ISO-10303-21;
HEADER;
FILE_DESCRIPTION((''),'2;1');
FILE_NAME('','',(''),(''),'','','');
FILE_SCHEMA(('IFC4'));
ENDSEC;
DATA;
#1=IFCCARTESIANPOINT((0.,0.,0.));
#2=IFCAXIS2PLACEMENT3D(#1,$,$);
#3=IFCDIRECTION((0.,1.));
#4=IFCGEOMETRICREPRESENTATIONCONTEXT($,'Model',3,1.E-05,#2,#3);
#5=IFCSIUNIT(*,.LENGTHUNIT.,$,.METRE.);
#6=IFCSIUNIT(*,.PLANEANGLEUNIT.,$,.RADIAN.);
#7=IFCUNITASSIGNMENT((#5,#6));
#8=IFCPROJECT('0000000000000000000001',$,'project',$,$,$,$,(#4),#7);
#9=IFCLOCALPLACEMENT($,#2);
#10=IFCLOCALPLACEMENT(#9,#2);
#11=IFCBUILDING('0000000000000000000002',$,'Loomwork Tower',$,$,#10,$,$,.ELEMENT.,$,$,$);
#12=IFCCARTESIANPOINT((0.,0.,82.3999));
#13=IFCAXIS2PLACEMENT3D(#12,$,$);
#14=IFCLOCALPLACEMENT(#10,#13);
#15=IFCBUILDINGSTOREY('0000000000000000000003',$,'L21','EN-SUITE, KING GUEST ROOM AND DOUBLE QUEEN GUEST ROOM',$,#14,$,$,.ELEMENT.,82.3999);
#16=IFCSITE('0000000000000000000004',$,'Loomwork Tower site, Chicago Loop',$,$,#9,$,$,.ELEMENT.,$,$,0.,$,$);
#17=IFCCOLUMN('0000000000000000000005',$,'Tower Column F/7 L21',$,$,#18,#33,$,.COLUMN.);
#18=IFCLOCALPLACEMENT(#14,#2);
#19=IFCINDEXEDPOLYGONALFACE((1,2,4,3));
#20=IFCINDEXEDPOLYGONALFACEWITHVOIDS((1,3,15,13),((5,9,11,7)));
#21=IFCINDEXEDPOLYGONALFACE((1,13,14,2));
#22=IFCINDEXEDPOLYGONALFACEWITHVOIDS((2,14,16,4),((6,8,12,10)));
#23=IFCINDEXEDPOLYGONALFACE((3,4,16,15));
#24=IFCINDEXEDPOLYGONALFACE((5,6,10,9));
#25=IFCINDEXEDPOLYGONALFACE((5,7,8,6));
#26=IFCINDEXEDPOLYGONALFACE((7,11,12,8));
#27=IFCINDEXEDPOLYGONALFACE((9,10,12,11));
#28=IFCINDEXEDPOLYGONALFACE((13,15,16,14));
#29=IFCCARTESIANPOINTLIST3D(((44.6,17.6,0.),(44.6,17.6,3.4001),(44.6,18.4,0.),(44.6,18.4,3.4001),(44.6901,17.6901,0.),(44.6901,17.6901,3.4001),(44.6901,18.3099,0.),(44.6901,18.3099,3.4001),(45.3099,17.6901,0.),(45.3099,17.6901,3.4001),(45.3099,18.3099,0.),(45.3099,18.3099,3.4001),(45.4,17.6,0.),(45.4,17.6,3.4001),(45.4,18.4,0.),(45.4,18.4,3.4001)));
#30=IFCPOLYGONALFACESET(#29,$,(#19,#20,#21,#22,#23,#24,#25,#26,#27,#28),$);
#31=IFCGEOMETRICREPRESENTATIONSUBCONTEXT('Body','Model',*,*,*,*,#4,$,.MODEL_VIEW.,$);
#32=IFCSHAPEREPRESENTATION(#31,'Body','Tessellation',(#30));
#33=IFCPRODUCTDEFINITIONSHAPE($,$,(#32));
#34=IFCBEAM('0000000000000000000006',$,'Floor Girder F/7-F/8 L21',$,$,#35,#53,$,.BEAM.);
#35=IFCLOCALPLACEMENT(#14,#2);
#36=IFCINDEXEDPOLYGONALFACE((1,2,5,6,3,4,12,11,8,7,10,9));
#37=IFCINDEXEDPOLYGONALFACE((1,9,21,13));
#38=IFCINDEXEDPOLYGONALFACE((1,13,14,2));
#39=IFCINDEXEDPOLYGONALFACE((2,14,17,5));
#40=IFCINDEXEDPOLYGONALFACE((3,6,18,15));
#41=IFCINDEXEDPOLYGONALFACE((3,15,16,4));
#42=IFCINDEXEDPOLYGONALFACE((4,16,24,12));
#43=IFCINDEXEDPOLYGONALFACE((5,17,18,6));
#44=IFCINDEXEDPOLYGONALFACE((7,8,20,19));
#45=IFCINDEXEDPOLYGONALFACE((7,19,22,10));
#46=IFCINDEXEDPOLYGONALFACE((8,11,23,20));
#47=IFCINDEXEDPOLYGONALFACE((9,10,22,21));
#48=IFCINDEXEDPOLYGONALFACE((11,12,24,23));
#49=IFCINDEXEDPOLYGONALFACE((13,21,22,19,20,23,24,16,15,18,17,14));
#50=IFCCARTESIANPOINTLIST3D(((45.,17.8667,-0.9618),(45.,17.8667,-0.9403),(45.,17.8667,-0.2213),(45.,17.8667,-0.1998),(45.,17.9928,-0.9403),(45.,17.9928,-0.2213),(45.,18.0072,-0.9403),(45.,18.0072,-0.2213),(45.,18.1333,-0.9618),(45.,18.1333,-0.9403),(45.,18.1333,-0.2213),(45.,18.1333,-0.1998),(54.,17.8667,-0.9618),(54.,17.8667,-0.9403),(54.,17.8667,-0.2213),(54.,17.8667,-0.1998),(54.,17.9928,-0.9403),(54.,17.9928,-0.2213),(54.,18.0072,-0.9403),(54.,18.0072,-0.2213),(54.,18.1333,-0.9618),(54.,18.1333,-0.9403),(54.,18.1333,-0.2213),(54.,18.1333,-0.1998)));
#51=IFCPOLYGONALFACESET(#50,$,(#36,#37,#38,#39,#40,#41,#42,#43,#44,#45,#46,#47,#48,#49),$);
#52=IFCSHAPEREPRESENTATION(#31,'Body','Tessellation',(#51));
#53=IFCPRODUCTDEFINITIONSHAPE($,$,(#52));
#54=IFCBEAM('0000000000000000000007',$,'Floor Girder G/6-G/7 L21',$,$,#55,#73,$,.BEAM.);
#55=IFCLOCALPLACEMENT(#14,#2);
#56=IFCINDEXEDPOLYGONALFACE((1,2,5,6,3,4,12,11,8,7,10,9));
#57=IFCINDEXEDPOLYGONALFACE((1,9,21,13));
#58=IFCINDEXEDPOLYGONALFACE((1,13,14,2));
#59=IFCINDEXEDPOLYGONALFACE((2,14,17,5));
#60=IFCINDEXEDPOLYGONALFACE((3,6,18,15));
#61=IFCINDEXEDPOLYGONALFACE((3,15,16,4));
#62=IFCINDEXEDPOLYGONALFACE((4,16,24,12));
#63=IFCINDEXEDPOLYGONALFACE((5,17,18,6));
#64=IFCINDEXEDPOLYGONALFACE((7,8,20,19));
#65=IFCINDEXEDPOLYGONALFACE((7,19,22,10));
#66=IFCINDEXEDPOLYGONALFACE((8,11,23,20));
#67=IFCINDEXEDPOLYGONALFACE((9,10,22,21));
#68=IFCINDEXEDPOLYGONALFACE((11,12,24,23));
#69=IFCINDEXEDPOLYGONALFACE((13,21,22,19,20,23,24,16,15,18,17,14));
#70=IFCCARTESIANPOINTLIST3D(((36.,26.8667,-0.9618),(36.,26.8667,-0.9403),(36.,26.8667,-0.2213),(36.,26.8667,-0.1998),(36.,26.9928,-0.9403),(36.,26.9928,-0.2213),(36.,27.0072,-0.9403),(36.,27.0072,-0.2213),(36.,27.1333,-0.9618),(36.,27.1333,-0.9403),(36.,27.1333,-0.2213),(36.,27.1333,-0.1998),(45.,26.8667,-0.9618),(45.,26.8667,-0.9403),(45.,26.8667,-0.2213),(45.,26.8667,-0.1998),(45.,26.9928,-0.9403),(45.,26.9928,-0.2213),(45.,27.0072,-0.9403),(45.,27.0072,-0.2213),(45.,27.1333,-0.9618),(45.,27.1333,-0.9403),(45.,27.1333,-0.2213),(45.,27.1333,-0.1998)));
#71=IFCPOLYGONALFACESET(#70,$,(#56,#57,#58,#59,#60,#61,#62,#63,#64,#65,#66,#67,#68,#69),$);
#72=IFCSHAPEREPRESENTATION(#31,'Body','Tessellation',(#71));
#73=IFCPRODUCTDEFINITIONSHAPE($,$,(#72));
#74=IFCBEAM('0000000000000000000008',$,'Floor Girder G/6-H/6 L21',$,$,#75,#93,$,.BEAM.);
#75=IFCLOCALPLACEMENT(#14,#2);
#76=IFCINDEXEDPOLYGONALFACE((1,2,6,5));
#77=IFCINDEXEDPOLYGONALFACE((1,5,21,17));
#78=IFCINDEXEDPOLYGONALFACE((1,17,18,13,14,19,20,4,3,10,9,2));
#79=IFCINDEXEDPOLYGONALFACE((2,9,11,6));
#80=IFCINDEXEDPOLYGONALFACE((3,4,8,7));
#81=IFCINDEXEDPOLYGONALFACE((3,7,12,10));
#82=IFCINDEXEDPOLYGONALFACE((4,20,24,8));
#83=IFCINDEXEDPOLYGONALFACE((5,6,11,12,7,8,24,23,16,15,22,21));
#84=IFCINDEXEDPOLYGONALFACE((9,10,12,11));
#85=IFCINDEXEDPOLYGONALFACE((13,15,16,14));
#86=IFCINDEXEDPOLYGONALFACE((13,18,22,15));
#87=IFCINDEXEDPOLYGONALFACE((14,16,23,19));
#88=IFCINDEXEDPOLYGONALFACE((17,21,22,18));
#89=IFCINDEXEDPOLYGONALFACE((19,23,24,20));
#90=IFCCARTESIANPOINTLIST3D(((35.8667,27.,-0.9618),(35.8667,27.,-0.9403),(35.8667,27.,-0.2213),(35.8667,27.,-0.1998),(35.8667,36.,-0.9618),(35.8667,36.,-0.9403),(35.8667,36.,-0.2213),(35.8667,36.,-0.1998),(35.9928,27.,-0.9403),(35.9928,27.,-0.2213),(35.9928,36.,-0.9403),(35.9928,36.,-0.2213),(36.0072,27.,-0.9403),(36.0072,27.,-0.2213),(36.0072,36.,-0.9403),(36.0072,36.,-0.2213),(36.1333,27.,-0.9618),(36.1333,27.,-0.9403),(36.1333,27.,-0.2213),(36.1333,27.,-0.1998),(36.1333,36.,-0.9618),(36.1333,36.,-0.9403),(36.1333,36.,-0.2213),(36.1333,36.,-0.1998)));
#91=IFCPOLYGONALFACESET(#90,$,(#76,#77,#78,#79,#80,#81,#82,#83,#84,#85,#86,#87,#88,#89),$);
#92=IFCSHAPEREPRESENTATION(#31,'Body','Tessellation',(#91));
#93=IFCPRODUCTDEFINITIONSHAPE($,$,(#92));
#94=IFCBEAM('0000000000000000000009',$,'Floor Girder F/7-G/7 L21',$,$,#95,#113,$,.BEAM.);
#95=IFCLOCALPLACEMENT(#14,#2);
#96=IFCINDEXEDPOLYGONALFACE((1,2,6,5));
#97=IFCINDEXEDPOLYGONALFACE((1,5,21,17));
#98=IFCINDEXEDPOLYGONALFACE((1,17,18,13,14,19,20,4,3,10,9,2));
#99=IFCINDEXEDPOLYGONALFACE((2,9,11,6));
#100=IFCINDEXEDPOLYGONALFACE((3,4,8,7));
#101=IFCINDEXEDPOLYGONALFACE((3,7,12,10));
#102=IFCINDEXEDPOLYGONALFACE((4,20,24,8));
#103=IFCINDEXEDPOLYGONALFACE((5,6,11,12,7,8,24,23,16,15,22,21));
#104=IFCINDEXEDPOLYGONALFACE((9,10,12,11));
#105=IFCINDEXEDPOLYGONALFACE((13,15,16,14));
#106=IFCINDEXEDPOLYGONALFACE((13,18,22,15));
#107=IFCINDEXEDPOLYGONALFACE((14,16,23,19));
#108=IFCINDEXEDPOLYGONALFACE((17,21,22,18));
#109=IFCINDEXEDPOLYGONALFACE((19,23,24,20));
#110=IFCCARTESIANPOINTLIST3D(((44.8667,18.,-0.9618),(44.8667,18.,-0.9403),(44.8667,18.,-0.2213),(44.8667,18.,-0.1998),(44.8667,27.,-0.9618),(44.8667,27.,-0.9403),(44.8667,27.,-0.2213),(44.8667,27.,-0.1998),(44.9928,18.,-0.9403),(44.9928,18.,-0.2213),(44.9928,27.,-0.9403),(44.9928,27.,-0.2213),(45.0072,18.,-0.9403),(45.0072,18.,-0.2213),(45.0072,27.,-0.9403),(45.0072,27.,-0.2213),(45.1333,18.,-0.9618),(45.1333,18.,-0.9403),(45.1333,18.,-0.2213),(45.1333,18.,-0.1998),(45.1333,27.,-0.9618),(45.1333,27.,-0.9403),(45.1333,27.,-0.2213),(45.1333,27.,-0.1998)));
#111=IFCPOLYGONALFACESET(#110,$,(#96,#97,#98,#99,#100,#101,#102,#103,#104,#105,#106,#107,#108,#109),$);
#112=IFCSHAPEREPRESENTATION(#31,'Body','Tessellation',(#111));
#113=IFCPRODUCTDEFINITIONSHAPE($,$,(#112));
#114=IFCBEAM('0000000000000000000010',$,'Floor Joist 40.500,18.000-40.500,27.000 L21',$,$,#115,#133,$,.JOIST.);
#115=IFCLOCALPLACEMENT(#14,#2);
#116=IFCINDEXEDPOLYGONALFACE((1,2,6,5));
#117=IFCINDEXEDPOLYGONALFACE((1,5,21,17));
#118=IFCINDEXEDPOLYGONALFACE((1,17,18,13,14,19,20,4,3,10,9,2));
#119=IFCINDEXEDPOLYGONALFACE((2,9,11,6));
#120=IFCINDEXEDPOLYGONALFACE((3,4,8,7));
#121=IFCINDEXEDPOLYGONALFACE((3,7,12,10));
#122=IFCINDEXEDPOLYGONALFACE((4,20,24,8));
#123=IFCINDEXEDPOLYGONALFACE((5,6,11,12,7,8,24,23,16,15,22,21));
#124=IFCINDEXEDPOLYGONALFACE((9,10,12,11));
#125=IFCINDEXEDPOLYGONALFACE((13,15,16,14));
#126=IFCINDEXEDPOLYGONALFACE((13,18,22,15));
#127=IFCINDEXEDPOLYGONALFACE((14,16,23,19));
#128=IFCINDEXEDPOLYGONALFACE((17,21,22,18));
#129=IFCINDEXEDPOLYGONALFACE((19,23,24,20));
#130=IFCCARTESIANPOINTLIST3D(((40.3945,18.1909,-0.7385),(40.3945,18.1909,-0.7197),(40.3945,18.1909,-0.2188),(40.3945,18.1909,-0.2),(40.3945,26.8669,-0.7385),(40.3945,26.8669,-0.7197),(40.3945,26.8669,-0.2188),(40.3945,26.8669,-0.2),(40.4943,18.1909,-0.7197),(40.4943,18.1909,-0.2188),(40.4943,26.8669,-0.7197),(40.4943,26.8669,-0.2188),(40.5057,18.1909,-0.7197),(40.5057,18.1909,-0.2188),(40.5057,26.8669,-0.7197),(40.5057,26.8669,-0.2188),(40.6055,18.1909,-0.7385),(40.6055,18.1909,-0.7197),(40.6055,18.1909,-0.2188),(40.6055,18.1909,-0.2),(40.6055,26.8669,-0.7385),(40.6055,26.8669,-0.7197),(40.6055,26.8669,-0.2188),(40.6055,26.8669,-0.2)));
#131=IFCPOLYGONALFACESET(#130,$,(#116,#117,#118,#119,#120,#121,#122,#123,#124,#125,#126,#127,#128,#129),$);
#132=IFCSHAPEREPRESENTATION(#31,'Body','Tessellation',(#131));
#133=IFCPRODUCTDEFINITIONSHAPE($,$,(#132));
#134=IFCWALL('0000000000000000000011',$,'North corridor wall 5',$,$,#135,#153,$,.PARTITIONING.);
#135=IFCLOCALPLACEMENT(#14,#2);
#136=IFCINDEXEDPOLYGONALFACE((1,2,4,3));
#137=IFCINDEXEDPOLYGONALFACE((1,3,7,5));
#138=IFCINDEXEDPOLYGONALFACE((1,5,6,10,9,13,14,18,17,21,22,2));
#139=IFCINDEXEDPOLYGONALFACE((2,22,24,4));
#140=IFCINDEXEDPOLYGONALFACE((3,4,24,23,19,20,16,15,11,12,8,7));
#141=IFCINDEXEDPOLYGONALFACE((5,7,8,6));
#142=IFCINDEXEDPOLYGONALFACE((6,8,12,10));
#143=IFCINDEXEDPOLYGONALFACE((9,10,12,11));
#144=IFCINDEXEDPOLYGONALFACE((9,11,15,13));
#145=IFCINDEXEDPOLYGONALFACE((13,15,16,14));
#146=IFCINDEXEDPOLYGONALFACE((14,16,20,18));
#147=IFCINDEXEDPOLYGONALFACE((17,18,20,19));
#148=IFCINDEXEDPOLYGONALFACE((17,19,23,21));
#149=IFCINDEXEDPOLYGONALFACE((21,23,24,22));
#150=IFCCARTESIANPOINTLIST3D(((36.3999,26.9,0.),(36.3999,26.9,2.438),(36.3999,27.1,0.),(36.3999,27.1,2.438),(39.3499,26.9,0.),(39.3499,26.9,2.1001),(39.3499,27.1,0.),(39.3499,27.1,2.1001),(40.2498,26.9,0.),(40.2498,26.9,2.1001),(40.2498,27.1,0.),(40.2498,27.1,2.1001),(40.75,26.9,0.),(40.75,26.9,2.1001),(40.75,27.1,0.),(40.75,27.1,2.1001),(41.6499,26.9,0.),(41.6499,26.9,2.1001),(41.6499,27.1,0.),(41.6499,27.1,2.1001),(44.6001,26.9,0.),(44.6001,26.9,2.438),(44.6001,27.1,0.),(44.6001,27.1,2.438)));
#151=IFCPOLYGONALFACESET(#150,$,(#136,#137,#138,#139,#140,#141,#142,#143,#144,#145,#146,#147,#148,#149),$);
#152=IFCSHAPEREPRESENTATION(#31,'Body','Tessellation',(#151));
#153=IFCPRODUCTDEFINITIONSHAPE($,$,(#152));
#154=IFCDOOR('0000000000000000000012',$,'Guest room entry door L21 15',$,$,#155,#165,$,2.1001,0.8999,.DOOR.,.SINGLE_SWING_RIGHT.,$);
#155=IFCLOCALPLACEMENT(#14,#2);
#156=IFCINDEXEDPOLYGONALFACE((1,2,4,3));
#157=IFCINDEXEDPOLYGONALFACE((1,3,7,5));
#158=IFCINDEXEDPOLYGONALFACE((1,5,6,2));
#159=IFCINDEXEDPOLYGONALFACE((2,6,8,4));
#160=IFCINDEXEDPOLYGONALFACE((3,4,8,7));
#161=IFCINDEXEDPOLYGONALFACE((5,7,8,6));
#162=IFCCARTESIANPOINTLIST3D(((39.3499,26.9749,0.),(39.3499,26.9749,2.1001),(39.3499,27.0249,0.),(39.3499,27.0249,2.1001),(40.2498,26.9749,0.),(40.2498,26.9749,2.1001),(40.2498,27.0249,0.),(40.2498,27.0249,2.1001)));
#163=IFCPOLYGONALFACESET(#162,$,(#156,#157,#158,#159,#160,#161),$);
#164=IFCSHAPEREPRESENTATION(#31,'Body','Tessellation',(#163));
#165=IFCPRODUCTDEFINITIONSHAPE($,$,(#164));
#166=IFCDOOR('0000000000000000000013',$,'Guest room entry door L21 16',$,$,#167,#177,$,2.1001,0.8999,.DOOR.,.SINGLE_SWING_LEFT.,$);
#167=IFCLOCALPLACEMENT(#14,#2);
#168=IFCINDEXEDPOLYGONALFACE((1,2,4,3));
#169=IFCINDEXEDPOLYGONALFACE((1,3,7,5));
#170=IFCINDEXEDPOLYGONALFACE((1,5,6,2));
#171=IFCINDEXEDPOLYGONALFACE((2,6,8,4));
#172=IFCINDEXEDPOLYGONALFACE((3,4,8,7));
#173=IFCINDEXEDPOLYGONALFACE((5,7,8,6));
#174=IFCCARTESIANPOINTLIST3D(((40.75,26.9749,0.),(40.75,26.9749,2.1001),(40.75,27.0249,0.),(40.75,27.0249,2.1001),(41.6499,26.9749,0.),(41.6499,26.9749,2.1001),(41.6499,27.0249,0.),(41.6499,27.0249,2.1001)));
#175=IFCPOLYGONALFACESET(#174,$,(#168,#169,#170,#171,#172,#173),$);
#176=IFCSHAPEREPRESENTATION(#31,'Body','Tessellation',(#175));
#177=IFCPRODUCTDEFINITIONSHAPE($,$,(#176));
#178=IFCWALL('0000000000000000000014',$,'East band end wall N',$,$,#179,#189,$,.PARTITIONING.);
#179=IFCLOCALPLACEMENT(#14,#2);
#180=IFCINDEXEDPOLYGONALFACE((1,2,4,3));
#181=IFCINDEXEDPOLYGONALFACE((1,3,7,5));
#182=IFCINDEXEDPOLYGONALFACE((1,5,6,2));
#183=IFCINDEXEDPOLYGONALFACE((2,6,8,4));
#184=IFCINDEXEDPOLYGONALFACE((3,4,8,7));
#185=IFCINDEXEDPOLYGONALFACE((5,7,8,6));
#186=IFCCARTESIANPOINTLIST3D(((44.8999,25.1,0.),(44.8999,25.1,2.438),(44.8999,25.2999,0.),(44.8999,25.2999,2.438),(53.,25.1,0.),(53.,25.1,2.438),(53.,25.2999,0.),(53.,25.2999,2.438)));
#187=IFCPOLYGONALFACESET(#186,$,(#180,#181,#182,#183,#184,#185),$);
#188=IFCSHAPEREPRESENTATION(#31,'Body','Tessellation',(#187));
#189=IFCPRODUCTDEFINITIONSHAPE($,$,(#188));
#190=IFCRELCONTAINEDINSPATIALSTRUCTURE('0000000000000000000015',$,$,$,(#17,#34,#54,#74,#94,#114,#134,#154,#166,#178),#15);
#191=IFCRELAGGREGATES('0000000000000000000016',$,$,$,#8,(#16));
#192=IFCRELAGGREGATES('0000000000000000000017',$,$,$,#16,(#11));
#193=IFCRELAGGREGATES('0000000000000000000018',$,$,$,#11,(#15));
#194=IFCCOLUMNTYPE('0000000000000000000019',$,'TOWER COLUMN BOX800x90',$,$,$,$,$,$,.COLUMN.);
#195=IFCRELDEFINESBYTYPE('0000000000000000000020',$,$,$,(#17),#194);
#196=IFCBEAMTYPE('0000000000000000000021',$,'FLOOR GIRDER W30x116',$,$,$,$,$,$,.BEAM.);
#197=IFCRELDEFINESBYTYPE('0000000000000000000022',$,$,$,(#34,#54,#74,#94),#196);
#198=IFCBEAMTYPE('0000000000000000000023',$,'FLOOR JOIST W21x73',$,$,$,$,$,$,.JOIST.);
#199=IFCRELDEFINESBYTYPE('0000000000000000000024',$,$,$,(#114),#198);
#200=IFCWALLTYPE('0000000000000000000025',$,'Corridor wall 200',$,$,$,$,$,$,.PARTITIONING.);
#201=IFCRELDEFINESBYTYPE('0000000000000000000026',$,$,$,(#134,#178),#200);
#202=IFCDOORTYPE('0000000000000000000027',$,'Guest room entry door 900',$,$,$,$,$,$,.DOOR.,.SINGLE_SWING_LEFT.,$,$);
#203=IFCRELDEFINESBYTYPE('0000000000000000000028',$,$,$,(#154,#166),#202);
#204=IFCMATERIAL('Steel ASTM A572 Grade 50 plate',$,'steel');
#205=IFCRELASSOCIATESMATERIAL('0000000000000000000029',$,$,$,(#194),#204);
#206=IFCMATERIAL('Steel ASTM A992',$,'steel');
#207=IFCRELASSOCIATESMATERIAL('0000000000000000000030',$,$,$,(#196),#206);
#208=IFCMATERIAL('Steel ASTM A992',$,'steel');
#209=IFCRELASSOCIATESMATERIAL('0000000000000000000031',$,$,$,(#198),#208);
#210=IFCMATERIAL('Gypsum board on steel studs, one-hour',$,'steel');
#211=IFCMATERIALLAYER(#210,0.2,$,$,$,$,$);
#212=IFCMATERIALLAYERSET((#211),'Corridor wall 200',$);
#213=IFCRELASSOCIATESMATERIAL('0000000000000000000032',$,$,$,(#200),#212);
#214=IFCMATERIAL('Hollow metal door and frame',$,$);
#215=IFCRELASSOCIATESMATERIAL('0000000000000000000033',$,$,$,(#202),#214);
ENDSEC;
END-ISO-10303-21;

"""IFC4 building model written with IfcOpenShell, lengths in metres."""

from ifc_helpers import new_model, si_unit, direction, frame, frame_2d, origin, origin_2d, place, context, subcontext, project, spatial, rectangle, hollow_rectangle, i_section, extrude, material, layer, layer_set, material_profile, profile_set, type_object, element, fill, save


model = new_model("IFC4")

# Units and contexts
model_context = context("Model", 3, precision=1e-05, world=origin(), true_north=direction((0.0, 1.0)))
body_context = subcontext(model_context, "Body", "Model", "MODEL_VIEW")
ifc_project = project(units=[si_unit("LENGTHUNIT", "METRE"), si_unit("PLANEANGLEUNIT", "RADIAN")], contexts=[model_context])

# Site, building, storey
site_placement = place(None, origin())
site = spatial("IfcSite", under=ifc_project, at=site_placement, Name="Loomwork Tower site, Chicago Loop", CompositionType="ELEMENT", RefElevation=0.0)
building_placement = place(site_placement, origin())
building = spatial("IfcBuilding", under=site, at=building_placement, Name="Loomwork Tower", CompositionType="ELEMENT")
storey_placement = place(building_placement, frame((0.0, 0.0, 82.3999)))
storey = spatial("IfcBuildingStorey", under=building, at=storey_placement, Name="L21", Description="EN-SUITE, KING GUEST ROOM AND DOUBLE QUEEN GUEST ROOM", CompositionType="ELEMENT", Elevation=82.3999)

# Column
ifc_material_1 = material(Name="Steel ASTM A572 Grade 50 plate", Category="steel")
ifc_material_profile_1 = material_profile(ifc_material_1, hollow_rectangle(XDim=0.8, YDim=0.8, WallThickness=0.0901, at=origin_2d()), Name="BOX800x90")
ifc_profile_set_1 = profile_set([ifc_material_profile_1], Name="Steel ASTM A572 Grade 50 plate")
column_type = type_object("IfcColumnType", Name="TOWER COLUMN BOX800x90", PredefinedType="COLUMN", material=ifc_profile_set_1)
column_placement = place(storey_placement, frame((45.0, 18.0, 0.0), z_axis=(0.0, 0.0, 1.0), x_axis=(0.0, 1.0, 0.0)))
element("IfcColumn", 1, at=column_placement, inside=storey, type_object=column_type, Name="Tower Column F/7 L21", PredefinedType="COLUMN", context=body_context, shape_type="SweptSolid", body=[
    extrude(hollow_rectangle(XDim=0.8, YDim=0.8, WallThickness=0.0901, at=origin_2d()), origin(), (0.0, 0.0, 1.0), 3.4001),
])

# Beams
ifc_material_2 = material(Name="Steel ASTM A992", Category="steel")
ifc_material_profile_2 = material_profile(ifc_material_2, i_section(OverallWidth=0.2666, OverallDepth=0.762, WebThickness=0.0144, FlangeThickness=0.0215, at=origin_2d()), Name="W30x116")
ifc_profile_set_2 = profile_set([ifc_material_profile_2], Name="Steel ASTM A992")
beam_type_1 = type_object("IfcBeamType", Name="FLOOR GIRDER W30x116", PredefinedType="BEAM", material=ifc_profile_set_2)
for number, where, z_axis, x_axis, name in (
    (2, (45.0, 18.0, -0.5808), (1.0, 0.0, 0.0), (0.0, 1.0, 0.0), "Floor Girder F/7-F/8 L21"),
    (3, (36.0, 27.0, -0.5808), (1.0, 0.0, 0.0), (0.0, 1.0, 0.0), "Floor Girder G/6-G/7 L21"),
    (4, (36.0, 27.0, -0.5808), (0.0, 1.0, 0.0), (-1.0, 0.0, 0.0), "Floor Girder G/6-H/6 L21"),
    (5, (45.0, 18.0, -0.5808), (0.0, 1.0, 0.0), (-1.0, 0.0, 0.0), "Floor Girder F/7-G/7 L21"),
):
    element("IfcBeam", number, at=place(storey_placement, frame(where, z_axis=z_axis, x_axis=x_axis)), inside=storey, type_object=beam_type_1, Name=name, PredefinedType="BEAM", context=body_context, shape_type="SweptSolid", body=[
        extrude(i_section(OverallWidth=0.2666, OverallDepth=0.762, WebThickness=0.0144, FlangeThickness=0.0215, at=origin_2d()), origin(), (0.0, 0.0, 1.0), 9.0),
    ])
ifc_material_3 = material(Name="Steel ASTM A992", Category="steel")
ifc_material_profile_3 = material_profile(ifc_material_3, i_section(OverallWidth=0.2109, OverallDepth=0.5386, WebThickness=0.0115, FlangeThickness=0.0188, at=origin_2d()), Name="W21x73")
ifc_profile_set_3 = profile_set([ifc_material_profile_3], Name="Steel ASTM A992")
beam_type_2 = type_object("IfcBeamType", Name="FLOOR JOIST W21x73", PredefinedType="JOIST", material=ifc_profile_set_3)
beam_placement = place(storey_placement, frame((40.5, 18.1909, -0.4692), z_axis=(0.0, 1.0, 0.0), x_axis=(-1.0, 0.0, 0.0)))
element("IfcBeam", 6, at=beam_placement, inside=storey, type_object=beam_type_2, Name="Floor Joist 40.500,18.000-40.500,27.000 L21", PredefinedType="JOIST", context=body_context, shape_type="SweptSolid", body=[
    extrude(i_section(OverallWidth=0.2109, OverallDepth=0.5386, WebThickness=0.0115, FlangeThickness=0.0188, at=origin_2d()), origin(), (0.0, 0.0, 1.0), 8.676),
])

# Wall, openings, doors
ifc_material_4 = material(Name="Gypsum board on steel studs, one-hour", Category="steel")
ifc_layer_1 = layer(ifc_material_4, 0.2)
ifc_layer_set_1 = layer_set([ifc_layer_1], Name="Corridor wall 200")
wall_type_1 = type_object("IfcWallType", Name="Corridor wall 200", PredefinedType="PARTITIONING", material=ifc_layer_set_1)
wall_1_placement = place(storey_placement, frame((36.3999, 27.0, 0.0), z_axis=(0.0, 0.0, 1.0), x_axis=(1.0, 0.0, 0.0)))
wall_1 = element("IfcWall", 7, at=wall_1_placement, inside=storey, type_object=wall_type_1, Name="North corridor wall 5", PredefinedType="PARTITIONING", context=body_context, shape_type="SweptSolid", body=[
    extrude(rectangle(XDim=8.2002, YDim=0.2, at=frame_2d((4.1001, 0.0))), origin(), (0.0, 0.0, 1.0), 2.438),
])
opening_1_placement = place(wall_1_placement, frame((2.95, 0.0, 0.0)))
opening_1 = element("IfcOpeningElement", 8, at=opening_1_placement, cuts=wall_1, PredefinedType="OPENING", context=body_context, shape_type="SweptSolid", body=[
    extrude(rectangle(XDim=0.8999, YDim=2.1001, at=frame_2d((0.45, 1.05))), frame((0.0, 0.1099, 0.0), z_axis=(0.0, -1.0, 0.0), x_axis=(1.0, 0.0, 0.0)), (0.0, 0.0, 1.0), 0.22),
])
opening_2_placement = place(wall_1_placement, frame((4.3501, 0.0, 0.0)))
opening_2 = element("IfcOpeningElement", 9, at=opening_2_placement, cuts=wall_1, PredefinedType="OPENING", context=body_context, shape_type="SweptSolid", body=[
    extrude(rectangle(XDim=0.8999, YDim=2.1001, at=frame_2d((0.45, 1.05))), frame((0.0, 0.1099, 0.0), z_axis=(0.0, -1.0, 0.0), x_axis=(1.0, 0.0, 0.0)), (0.0, 0.0, 1.0), 0.22),
])
ifc_material_5 = material(Name="Hollow metal door and frame")
door_type_1 = type_object("IfcDoorType", Name="Guest room entry door 900", OperationType="SINGLE_SWING_LEFT", PredefinedType="DOOR", material=ifc_material_5)
door_1_placement = place(opening_1_placement, origin())
door_1 = element("IfcDoor", 10, at=door_1_placement, inside=storey, type_object=door_type_1, Name="Guest room entry door L21 15", OperationType="SINGLE_SWING_RIGHT", OverallHeight=2.1001, OverallWidth=0.8999, PredefinedType="DOOR", context=body_context, shape_type="SweptSolid", body=[
    extrude(rectangle(XDim=0.8999, YDim=2.1001, at=frame_2d((0.45, 1.05))), frame((0.0, 0.0249, 0.0), z_axis=(0.0, -1.0, 0.0), x_axis=(1.0, 0.0, 0.0)), (0.0, 0.0, 1.0), 0.05),
])
fill(opening_1, door_1)
door_2_placement = place(opening_2_placement, origin())
door_2 = element("IfcDoor", 11, at=door_2_placement, inside=storey, type_object=door_type_1, Name="Guest room entry door L21 16", OperationType="SINGLE_SWING_LEFT", OverallHeight=2.1001, OverallWidth=0.8999, PredefinedType="DOOR", context=body_context, shape_type="SweptSolid", body=[
    extrude(rectangle(XDim=0.8999, YDim=2.1001, at=frame_2d((0.45, 1.05))), frame((0.0, 0.0249, 0.0), z_axis=(0.0, -1.0, 0.0), x_axis=(1.0, 0.0, 0.0)), (0.0, 0.0, 1.0), 0.05),
])
fill(opening_2, door_2)

# Wall
wall_2_placement = place(storey_placement, frame((44.8999, 25.2, 0.0), z_axis=(0.0, 0.0, 1.0), x_axis=(1.0, 0.0, 0.0)))
element("IfcWall", 12, at=wall_2_placement, inside=storey, type_object=wall_type_1, Name="East band end wall N", PredefinedType="PARTITIONING", context=body_context, shape_type="SweptSolid", body=[
    extrude(rectangle(XDim=8.1001, YDim=0.2, at=frame_2d((4.05, 0.0))), origin(), (0.0, 0.0, 1.0), 2.438),
])

save(model, "model.ifc")
